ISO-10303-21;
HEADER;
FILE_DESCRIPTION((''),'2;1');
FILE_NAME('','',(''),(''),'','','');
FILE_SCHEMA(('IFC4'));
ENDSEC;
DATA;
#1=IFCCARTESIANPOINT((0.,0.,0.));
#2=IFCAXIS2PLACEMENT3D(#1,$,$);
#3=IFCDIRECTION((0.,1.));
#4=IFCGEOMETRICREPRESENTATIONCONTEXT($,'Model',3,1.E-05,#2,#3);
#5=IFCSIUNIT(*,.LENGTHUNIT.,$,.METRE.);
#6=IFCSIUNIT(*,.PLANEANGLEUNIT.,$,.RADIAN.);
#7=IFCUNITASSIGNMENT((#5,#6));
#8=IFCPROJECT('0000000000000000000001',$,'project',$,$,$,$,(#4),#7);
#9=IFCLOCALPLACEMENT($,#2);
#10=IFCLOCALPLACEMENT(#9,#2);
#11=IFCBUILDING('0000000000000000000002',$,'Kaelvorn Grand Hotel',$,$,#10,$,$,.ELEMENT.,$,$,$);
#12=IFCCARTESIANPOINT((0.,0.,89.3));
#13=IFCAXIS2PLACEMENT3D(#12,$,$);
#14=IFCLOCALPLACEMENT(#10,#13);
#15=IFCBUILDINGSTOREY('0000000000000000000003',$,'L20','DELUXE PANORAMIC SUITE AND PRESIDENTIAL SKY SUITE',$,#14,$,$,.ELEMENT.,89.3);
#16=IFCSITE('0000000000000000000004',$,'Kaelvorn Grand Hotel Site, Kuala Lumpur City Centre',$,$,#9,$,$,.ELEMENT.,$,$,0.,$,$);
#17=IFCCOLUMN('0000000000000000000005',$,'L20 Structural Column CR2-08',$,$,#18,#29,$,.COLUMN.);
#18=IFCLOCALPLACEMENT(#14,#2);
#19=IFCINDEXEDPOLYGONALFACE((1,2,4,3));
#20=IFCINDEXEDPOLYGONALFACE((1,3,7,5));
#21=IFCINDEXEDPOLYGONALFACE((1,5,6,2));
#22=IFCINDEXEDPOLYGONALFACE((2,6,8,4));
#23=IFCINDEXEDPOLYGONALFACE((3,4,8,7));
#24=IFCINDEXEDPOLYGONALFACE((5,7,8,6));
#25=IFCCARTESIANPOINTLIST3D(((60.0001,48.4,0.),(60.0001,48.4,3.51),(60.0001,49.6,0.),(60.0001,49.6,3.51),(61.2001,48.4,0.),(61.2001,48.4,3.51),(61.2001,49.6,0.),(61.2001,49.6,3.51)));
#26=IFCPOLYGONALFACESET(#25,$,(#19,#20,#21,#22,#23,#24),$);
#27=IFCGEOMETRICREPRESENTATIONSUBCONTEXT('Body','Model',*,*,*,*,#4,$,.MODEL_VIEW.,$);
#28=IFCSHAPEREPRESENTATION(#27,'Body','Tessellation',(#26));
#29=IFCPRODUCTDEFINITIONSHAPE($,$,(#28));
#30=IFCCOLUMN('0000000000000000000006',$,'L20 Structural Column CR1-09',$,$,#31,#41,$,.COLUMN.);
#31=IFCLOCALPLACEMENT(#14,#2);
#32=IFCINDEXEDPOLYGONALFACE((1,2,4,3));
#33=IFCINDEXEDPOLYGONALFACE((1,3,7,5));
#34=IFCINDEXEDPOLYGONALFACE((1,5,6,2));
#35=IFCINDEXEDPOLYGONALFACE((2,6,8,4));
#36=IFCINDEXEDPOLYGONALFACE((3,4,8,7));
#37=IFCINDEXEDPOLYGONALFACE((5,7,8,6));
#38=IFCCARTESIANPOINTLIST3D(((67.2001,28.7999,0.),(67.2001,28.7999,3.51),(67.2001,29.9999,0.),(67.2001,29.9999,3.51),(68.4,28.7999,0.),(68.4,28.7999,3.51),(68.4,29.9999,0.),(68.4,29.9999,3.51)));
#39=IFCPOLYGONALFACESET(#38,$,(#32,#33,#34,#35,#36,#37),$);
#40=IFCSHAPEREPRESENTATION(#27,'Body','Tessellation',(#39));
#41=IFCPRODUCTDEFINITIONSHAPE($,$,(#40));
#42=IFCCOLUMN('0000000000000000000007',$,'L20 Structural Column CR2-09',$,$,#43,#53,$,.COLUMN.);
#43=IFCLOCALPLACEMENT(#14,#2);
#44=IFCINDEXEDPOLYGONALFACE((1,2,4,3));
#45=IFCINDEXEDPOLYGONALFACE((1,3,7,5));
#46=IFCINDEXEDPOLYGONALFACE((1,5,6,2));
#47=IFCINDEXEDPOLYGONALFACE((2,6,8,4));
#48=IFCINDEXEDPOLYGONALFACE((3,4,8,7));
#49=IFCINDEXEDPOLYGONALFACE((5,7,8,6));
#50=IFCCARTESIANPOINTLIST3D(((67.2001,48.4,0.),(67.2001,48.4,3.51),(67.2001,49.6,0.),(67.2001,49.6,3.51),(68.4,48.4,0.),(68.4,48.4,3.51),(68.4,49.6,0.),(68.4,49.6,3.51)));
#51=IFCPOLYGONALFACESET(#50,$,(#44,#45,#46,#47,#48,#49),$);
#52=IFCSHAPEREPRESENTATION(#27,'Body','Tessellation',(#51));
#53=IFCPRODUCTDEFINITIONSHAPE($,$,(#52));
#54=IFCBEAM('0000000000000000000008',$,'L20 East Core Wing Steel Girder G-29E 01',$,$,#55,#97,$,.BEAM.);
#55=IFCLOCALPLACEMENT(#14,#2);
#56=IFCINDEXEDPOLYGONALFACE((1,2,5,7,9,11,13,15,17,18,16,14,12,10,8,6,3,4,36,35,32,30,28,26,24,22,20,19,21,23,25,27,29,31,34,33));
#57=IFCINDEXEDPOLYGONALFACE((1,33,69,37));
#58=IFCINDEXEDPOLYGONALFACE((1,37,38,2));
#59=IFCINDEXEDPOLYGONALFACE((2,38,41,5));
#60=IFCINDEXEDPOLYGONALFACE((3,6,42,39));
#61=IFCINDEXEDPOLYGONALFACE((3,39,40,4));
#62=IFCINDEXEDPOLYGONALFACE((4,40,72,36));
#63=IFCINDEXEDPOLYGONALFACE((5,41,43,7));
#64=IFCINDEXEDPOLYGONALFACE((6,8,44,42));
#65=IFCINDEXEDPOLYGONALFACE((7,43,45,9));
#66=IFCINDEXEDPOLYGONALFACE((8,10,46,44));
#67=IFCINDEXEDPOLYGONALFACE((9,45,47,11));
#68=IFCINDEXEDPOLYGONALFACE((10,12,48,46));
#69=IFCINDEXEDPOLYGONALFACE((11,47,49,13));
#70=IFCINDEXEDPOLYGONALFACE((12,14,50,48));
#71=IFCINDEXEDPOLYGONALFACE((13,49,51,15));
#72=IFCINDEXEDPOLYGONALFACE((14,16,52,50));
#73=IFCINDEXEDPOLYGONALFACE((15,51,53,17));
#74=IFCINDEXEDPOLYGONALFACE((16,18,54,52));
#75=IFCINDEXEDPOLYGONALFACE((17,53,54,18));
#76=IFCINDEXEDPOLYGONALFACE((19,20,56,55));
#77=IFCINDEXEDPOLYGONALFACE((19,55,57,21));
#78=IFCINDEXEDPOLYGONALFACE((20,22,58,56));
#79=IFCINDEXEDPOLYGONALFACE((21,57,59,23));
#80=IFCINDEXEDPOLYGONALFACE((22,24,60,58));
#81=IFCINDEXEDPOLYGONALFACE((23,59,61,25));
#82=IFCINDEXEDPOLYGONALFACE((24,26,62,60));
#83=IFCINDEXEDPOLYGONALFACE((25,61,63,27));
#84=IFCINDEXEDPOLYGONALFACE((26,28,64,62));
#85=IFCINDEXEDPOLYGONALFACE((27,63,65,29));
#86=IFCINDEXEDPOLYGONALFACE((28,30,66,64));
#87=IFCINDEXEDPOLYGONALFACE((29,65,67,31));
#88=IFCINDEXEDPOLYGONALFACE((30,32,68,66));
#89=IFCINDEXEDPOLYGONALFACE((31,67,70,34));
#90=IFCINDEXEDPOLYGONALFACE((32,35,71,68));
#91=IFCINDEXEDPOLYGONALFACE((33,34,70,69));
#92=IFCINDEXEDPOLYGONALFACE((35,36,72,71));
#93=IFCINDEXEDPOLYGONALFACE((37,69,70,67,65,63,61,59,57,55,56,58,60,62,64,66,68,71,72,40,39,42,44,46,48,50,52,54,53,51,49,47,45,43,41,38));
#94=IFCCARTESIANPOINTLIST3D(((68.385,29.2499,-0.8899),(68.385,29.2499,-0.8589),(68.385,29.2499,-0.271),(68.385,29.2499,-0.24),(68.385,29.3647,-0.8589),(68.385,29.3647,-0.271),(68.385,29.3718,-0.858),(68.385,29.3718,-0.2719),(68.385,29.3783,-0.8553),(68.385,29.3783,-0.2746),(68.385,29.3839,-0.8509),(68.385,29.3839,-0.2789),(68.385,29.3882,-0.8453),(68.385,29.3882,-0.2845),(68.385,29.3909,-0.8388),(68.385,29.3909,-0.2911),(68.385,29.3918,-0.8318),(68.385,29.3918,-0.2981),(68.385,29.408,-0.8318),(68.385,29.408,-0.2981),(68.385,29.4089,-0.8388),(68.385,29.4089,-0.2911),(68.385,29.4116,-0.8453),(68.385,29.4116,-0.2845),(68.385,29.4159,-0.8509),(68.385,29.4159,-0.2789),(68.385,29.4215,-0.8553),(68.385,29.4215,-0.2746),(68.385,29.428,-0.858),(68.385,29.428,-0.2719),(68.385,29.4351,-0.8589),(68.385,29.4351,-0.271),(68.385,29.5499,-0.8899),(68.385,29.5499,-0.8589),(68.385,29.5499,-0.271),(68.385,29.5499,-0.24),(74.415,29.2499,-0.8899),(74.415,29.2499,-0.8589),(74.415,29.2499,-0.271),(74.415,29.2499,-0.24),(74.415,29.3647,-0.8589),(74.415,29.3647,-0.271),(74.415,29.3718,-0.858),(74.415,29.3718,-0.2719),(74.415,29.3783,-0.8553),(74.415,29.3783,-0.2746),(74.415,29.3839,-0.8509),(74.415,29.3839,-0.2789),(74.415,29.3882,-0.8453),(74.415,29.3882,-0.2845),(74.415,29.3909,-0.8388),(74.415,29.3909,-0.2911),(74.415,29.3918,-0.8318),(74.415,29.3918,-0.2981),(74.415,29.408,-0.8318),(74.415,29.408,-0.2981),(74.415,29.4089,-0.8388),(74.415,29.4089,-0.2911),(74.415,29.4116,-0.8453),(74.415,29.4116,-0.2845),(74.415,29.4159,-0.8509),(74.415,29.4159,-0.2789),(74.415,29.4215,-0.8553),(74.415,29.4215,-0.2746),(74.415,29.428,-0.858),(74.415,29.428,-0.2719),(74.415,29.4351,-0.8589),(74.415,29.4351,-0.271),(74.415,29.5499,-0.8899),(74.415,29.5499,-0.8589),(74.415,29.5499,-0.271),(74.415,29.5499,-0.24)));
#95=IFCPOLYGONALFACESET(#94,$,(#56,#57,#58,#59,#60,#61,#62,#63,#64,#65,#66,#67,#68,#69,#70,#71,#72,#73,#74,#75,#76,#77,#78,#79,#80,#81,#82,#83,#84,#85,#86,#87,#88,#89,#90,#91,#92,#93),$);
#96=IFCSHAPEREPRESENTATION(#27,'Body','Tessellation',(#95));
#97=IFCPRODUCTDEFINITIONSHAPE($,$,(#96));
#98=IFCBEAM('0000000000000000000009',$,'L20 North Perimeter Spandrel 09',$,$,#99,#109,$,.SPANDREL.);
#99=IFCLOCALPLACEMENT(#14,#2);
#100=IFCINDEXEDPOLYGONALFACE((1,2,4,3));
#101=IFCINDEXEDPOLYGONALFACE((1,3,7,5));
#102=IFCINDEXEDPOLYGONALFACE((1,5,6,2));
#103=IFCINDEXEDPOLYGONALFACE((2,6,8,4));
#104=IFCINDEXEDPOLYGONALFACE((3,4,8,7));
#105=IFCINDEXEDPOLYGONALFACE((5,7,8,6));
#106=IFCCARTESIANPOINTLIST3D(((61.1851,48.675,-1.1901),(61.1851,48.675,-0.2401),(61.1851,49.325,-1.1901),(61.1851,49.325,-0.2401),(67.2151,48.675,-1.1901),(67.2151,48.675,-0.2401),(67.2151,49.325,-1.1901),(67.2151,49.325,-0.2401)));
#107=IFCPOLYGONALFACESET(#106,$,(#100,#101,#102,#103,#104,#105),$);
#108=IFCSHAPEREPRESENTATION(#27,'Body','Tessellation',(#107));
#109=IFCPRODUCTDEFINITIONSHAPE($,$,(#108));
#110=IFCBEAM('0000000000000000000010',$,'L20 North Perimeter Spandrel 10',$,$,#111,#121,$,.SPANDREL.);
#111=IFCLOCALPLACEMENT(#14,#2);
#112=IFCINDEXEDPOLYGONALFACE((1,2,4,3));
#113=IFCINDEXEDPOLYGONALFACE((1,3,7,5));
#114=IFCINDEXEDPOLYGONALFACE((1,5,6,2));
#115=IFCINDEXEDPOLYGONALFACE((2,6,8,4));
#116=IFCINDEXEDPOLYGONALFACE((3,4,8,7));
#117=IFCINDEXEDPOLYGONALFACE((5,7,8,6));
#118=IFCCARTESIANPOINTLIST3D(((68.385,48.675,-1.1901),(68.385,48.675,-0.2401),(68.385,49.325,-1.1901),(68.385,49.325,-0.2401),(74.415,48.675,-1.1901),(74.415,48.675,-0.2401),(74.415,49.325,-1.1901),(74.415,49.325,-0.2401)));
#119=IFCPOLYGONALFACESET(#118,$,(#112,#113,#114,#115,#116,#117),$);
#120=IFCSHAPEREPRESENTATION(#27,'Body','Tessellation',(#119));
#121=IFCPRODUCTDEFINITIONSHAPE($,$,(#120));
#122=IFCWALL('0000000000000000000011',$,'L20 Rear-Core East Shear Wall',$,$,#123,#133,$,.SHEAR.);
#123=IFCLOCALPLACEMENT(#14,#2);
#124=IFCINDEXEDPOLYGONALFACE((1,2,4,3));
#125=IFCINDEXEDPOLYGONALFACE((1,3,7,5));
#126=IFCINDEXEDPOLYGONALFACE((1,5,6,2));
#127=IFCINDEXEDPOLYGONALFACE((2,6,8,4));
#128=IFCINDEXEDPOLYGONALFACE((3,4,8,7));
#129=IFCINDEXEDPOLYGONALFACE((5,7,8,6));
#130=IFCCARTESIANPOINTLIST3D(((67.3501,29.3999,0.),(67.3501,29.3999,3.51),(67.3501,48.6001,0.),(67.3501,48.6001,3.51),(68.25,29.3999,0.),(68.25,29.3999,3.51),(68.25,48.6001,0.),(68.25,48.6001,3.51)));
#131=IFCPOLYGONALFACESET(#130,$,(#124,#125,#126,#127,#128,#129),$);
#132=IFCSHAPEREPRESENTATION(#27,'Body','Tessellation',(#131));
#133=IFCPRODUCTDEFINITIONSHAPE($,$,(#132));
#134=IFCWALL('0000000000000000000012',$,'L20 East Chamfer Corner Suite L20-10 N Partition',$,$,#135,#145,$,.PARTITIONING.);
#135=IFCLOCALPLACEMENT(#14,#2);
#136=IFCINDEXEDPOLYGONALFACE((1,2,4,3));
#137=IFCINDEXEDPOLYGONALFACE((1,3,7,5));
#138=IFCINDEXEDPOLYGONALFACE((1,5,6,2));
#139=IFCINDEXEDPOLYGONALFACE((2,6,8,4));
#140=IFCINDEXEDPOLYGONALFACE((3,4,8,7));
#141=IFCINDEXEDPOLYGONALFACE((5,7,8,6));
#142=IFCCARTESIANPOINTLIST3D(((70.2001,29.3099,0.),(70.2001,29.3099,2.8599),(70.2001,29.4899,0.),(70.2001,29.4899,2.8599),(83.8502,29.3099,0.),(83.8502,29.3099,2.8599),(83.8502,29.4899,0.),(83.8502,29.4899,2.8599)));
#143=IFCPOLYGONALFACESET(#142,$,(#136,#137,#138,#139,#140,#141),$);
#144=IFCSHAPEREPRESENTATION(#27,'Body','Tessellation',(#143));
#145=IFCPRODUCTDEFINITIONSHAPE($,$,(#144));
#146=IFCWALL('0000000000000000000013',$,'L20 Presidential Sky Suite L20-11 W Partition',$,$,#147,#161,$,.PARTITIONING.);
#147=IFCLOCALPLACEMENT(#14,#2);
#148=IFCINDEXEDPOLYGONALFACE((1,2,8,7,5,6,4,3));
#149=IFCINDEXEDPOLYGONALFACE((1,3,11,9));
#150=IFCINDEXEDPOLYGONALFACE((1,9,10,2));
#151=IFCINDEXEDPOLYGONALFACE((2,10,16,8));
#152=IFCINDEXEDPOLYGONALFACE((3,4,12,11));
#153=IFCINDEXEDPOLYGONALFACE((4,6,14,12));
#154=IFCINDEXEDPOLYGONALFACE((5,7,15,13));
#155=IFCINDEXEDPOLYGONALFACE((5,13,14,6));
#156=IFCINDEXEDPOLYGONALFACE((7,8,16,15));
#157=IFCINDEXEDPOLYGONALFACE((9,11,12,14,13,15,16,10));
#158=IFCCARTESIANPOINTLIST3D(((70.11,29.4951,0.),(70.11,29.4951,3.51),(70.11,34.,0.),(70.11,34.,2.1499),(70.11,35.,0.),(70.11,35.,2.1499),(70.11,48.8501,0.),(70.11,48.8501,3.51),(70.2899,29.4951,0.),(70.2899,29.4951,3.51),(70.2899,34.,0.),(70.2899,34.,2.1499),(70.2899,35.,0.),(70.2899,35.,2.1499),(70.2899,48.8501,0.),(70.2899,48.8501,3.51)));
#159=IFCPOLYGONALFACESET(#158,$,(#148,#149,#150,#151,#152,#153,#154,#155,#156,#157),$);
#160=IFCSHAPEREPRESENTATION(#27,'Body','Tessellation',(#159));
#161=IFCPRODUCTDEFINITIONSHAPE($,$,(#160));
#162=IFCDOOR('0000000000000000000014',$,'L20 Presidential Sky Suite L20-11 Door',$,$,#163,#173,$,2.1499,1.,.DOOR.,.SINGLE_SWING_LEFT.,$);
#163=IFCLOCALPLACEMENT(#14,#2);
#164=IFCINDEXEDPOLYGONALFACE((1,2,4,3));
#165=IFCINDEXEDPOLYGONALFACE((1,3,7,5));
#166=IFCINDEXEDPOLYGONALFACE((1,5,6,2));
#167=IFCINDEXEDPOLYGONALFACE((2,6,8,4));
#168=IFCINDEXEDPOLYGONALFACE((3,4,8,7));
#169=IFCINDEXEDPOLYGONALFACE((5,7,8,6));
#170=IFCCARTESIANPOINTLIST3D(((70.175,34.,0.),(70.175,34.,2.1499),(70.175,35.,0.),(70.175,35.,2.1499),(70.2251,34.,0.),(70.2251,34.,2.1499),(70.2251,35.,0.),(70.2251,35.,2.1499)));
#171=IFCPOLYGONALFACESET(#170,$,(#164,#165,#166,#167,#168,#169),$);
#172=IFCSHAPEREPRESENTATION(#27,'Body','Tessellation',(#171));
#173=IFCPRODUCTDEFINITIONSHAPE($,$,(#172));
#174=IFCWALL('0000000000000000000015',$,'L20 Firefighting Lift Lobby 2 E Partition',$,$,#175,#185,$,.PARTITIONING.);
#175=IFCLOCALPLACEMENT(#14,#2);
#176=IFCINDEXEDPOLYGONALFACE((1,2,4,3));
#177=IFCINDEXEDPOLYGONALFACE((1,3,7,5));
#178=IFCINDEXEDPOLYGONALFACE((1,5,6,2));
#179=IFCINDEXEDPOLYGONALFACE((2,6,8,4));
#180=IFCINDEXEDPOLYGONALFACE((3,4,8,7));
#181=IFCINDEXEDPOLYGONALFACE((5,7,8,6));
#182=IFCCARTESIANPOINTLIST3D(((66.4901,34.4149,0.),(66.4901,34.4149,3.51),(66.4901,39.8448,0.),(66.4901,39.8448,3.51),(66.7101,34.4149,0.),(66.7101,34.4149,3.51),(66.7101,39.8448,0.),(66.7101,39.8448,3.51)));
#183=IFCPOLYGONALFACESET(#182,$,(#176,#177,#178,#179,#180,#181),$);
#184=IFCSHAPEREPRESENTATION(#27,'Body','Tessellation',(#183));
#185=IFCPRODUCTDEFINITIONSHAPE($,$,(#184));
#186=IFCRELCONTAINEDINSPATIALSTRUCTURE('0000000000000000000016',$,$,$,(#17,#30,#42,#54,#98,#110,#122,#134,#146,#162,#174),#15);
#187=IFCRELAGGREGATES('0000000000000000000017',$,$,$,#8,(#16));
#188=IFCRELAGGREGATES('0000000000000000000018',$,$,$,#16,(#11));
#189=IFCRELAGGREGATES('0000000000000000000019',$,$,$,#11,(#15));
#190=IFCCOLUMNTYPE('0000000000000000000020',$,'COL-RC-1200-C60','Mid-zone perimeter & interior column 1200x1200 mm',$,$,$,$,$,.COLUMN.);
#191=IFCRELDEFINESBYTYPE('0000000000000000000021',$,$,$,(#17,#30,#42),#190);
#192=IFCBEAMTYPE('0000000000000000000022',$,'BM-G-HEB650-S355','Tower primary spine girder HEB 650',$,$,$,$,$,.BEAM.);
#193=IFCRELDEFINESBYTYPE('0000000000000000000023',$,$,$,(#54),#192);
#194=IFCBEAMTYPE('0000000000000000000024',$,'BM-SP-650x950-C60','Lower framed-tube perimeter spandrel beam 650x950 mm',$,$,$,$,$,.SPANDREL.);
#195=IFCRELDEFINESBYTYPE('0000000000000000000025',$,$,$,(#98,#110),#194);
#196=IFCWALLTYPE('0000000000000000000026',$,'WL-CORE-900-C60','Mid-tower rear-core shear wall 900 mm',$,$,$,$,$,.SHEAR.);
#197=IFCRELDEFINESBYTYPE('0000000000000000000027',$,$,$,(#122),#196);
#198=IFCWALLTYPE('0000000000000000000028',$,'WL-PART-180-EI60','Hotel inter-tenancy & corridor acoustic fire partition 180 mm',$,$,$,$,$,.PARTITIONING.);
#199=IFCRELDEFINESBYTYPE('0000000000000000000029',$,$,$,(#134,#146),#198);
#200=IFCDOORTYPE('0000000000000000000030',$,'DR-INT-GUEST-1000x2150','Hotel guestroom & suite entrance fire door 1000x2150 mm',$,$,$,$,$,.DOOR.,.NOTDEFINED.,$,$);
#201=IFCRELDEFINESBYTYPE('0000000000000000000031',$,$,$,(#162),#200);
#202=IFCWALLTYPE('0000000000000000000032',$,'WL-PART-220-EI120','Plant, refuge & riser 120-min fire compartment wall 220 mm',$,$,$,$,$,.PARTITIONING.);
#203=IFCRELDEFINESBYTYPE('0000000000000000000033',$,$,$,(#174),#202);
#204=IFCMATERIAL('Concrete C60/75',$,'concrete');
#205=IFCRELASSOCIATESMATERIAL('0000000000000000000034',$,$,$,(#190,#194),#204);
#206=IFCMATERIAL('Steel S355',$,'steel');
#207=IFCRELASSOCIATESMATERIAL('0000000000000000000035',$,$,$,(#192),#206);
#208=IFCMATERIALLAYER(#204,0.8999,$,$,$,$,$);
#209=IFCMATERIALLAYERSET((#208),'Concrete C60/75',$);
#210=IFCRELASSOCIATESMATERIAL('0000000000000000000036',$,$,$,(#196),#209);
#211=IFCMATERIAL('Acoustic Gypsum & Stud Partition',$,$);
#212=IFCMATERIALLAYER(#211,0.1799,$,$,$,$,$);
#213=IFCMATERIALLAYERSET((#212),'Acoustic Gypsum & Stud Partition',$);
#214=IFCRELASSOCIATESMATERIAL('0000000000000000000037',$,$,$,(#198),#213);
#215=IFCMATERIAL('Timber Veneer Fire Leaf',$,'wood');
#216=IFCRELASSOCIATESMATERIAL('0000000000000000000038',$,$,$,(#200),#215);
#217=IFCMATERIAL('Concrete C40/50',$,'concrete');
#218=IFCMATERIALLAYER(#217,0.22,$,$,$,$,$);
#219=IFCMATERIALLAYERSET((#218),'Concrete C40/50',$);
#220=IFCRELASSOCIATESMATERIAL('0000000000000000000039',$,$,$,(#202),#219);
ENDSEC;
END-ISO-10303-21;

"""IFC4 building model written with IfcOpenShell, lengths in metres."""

from ifc_helpers import new_model, si_unit, direction, frame, frame_2d, origin, origin_2d, place, context, subcontext, project, spatial, rectangle, i_section, extrude, material, layer, layer_set, material_profile, profile_set, type_object, element, fill, save


model = new_model("IFC4")

# Units and contexts
model_context = context("Model", 3, precision=1e-05, world=origin(), true_north=direction((0.0, 1.0)))
body_context = subcontext(model_context, "Body", "Model", "MODEL_VIEW")
ifc_project = project(units=[si_unit("LENGTHUNIT", "METRE"), si_unit("PLANEANGLEUNIT", "RADIAN")], contexts=[model_context])

# Site, building, storey
site_placement = place(None, origin())
site = spatial("IfcSite", under=ifc_project, at=site_placement, Name="Kaelvorn Grand Hotel Site, Kuala Lumpur City Centre", CompositionType="ELEMENT", RefElevation=0.0)
building_placement = place(site_placement, origin())
building = spatial("IfcBuilding", under=site, at=building_placement, Name="Kaelvorn Grand Hotel", CompositionType="ELEMENT")
storey_placement = place(building_placement, frame((0.0, 0.0, 89.3)))
storey = spatial("IfcBuildingStorey", under=building, at=storey_placement, Name="L20", Description="DELUXE PANORAMIC SUITE AND PRESIDENTIAL SKY SUITE", CompositionType="ELEMENT", Elevation=89.3)

# Columns
ifc_material_1 = material(Name="Concrete C60/75", Category="concrete")
ifc_material_profile_1 = material_profile(ifc_material_1, rectangle(XDim=1.2, YDim=1.2, at=origin_2d()), Name="RC COL 1200x1200")
ifc_profile_set_1 = profile_set([ifc_material_profile_1], Name="Concrete C60/75")
column_type = type_object("IfcColumnType", Name="COL-RC-1200-C60", Description="Mid-zone perimeter & interior column 1200x1200 mm", PredefinedType="COLUMN", material=ifc_profile_set_1)
for number, where, z_axis, x_axis, name in (
    (1, (60.6001, 49.0, 0.0), (0.0, 0.0, 1.0), (1.0, 0.0, 0.0), "L20 Structural Column CR2-08"),
    (2, (67.8, 29.3999, 0.0), (0.0, 0.0, 1.0), (1.0, 0.0, 0.0), "L20 Structural Column CR1-09"),
    (3, (67.8, 49.0, 0.0), (0.0, 0.0, 1.0), (1.0, 0.0, 0.0), "L20 Structural Column CR2-09"),
):
    element("IfcColumn", number, at=place(storey_placement, frame(where, z_axis=z_axis, x_axis=x_axis)), inside=storey, type_object=column_type, Name=name, PredefinedType="COLUMN", context=body_context, shape_type="SweptSolid", body=[
        extrude(rectangle(XDim=1.2, YDim=1.2, at=origin_2d()), origin(), (0.0, 0.0, 1.0), 3.51),
    ])

# Beams
ifc_material_2 = material(Name="Steel S355", Category="steel")
ifc_material_profile_2 = material_profile(ifc_material_2, i_section(OverallWidth=0.3, OverallDepth=0.6499, WebThickness=0.0161, FlangeThickness=0.031, FilletRadius=0.0271, at=origin_2d()), Name="HEB 650")
ifc_profile_set_2 = profile_set([ifc_material_profile_2], Name="Steel S355")
beam_type_1 = type_object("IfcBeamType", Name="BM-G-HEB650-S355", Description="Tower primary spine girder HEB 650", PredefinedType="BEAM", material=ifc_profile_set_2)
beam_placement = place(storey_placement, frame((68.385, 29.3999, -0.5649), z_axis=(1.0, 0.0, 0.0), x_axis=(0.0, 1.0, 0.0)))
element("IfcBeam", 4, at=beam_placement, inside=storey, type_object=beam_type_1, Name="L20 East Core Wing Steel Girder G-29E 01", PredefinedType="BEAM", context=body_context, shape_type="SweptSolid", body=[
    extrude(i_section(OverallWidth=0.3, OverallDepth=0.6499, WebThickness=0.0161, FlangeThickness=0.031, FilletRadius=0.0271, at=origin_2d()), origin(), (0.0, 0.0, 1.0), 6.03),
])
ifc_material_profile_3 = material_profile(ifc_material_1, rectangle(XDim=0.6499, YDim=0.95, at=origin_2d()), Name="RC SPANDREL 650x950")
ifc_profile_set_3 = profile_set([ifc_material_profile_3], Name="Concrete C60/75")
beam_type_2 = type_object("IfcBeamType", Name="BM-SP-650x950-C60", Description="Lower framed-tube perimeter spandrel beam 650x950 mm", PredefinedType="SPANDREL", material=ifc_profile_set_3)
for number, where, z_axis, x_axis, name in (
    (5, (61.1851, 49.0, -0.7151), (1.0, 0.0, 0.0), (0.0, 1.0, 0.0), "L20 North Perimeter Spandrel 09"),
    (6, (68.385, 49.0, -0.7151), (1.0, 0.0, 0.0), (0.0, 1.0, 0.0), "L20 North Perimeter Spandrel 10"),
):
    element("IfcBeam", number, at=place(storey_placement, frame(where, z_axis=z_axis, x_axis=x_axis)), inside=storey, type_object=beam_type_2, Name=name, PredefinedType="SPANDREL", context=body_context, shape_type="SweptSolid", body=[
        extrude(rectangle(XDim=0.6499, YDim=0.95, at=origin_2d()), origin(), (0.0, 0.0, 1.0), 6.03),
    ])

# Walls
ifc_layer_1 = layer(ifc_material_1, 0.8999)
ifc_layer_set_1 = layer_set([ifc_layer_1], Name="Concrete C60/75")
wall_type_1 = type_object("IfcWallType", Name="WL-CORE-900-C60", Description="Mid-tower rear-core shear wall 900 mm", PredefinedType="SHEAR", material=ifc_layer_set_1)
wall_1_placement = place(storey_placement, frame((67.8, 29.3999, 0.0), z_axis=(0.0, 0.0, 1.0), x_axis=(0.0, 1.0, 0.0)))
element("IfcWall", 7, at=wall_1_placement, inside=storey, type_object=wall_type_1, Name="L20 Rear-Core East Shear Wall", PredefinedType="SHEAR", context=body_context, shape_type="SweptSolid", body=[
    extrude(rectangle(XDim=19.2002, YDim=0.8999, at=frame_2d((9.6001, 0.0))), origin(), (0.0, 0.0, 1.0), 3.51),
])
ifc_material_3 = material(Name="Acoustic Gypsum & Stud Partition")
ifc_layer_2 = layer(ifc_material_3, 0.1799)
ifc_layer_set_2 = layer_set([ifc_layer_2], Name="Acoustic Gypsum & Stud Partition")
wall_type_2 = type_object("IfcWallType", Name="WL-PART-180-EI60", Description="Hotel inter-tenancy & corridor acoustic fire partition 180 mm", PredefinedType="PARTITIONING", material=ifc_layer_set_2)
wall_2_placement = place(storey_placement, frame((70.2, 29.3999, 0.0), z_axis=(0.0, 0.0, 1.0), x_axis=(1.0, 0.0, 0.0)))
element("IfcWall", 8, at=wall_2_placement, inside=storey, type_object=wall_type_2, Name="L20 East Chamfer Corner Suite L20-10 N Partition", PredefinedType="PARTITIONING", context=body_context, shape_type="SweptSolid", body=[
    extrude(rectangle(XDim=13.6501, YDim=0.1799, at=frame_2d((6.8252, 0.0))), origin(), (0.0, 0.0, 1.0), 2.8599),
])

# Wall, opening, door
wall_3_placement = place(storey_placement, frame((70.2, 29.4951, 0.0), z_axis=(0.0, 0.0, 1.0), x_axis=(0.0, 1.0, 0.0)))
wall_3 = element("IfcWall", 9, at=wall_3_placement, inside=storey, type_object=wall_type_2, Name="L20 Presidential Sky Suite L20-11 W Partition", PredefinedType="PARTITIONING", context=body_context, shape_type="SweptSolid", body=[
    extrude(rectangle(XDim=19.355, YDim=0.1799, at=frame_2d((9.6775, 0.0))), origin(), (0.0, 0.0, 1.0), 3.51),
])
opening_1_placement = place(wall_3_placement, frame((4.5049, 0.0, 0.0)))
opening_1 = element("IfcOpeningElement", 10, at=opening_1_placement, cuts=wall_3, PredefinedType="OPENING", context=body_context, shape_type="SweptSolid", body=[
    extrude(rectangle(XDim=1.0, YDim=2.1499, at=frame_2d((0.5, 1.075))), frame((0.0, 0.1001, 0.0), z_axis=(0.0, -1.0, 0.0), x_axis=(1.0, 0.0, 0.0)), (0.0, 0.0, 1.0), 0.2),
])
ifc_material_4 = material(Name="Timber Veneer Fire Leaf", Category="wood")
door_type_1 = type_object("IfcDoorType", Name="DR-INT-GUEST-1000x2150", Description="Hotel guestroom & suite entrance fire door 1000x2150 mm", OperationType="NOTDEFINED", PredefinedType="DOOR", material=ifc_material_4)
door_1_placement = place(opening_1_placement, origin())
door_1 = element("IfcDoor", 11, at=door_1_placement, inside=storey, type_object=door_type_1, Name="L20 Presidential Sky Suite L20-11 Door", OperationType="SINGLE_SWING_LEFT", OverallHeight=2.1499, OverallWidth=1.0, PredefinedType="DOOR", context=body_context, shape_type="SweptSolid", body=[
    extrude(rectangle(XDim=1.0, YDim=2.1499, at=frame_2d((0.5, 1.075))), frame((0.0, 0.0249, 0.0), z_axis=(0.0, -1.0, 0.0), x_axis=(1.0, 0.0, 0.0)), (0.0, 0.0, 1.0), 0.05),
])
fill(opening_1, door_1)

# Wall
ifc_material_5 = material(Name="Concrete C40/50", Category="concrete")
ifc_layer_3 = layer(ifc_material_5, 0.22)
ifc_layer_set_3 = layer_set([ifc_layer_3], Name="Concrete C40/50")
wall_type_3 = type_object("IfcWallType", Name="WL-PART-220-EI120", Description="Plant, refuge & riser 120-min fire compartment wall 220 mm", PredefinedType="PARTITIONING", material=ifc_layer_set_3)
wall_4_placement = place(storey_placement, frame((66.6001, 34.415, 0.0), z_axis=(0.0, 0.0, 1.0), x_axis=(0.0, 1.0, 0.0)))
element("IfcWall", 12, at=wall_4_placement, inside=storey, type_object=wall_type_3, Name="L20 Firefighting Lift Lobby 2 E Partition", PredefinedType="PARTITIONING", context=body_context, shape_type="SweptSolid", body=[
    extrude(rectangle(XDim=5.4299, YDim=0.22, at=frame_2d((2.7148, 0.0))), origin(), (0.0, 0.0, 1.0), 3.51),
])

save(model, "model.ifc")
